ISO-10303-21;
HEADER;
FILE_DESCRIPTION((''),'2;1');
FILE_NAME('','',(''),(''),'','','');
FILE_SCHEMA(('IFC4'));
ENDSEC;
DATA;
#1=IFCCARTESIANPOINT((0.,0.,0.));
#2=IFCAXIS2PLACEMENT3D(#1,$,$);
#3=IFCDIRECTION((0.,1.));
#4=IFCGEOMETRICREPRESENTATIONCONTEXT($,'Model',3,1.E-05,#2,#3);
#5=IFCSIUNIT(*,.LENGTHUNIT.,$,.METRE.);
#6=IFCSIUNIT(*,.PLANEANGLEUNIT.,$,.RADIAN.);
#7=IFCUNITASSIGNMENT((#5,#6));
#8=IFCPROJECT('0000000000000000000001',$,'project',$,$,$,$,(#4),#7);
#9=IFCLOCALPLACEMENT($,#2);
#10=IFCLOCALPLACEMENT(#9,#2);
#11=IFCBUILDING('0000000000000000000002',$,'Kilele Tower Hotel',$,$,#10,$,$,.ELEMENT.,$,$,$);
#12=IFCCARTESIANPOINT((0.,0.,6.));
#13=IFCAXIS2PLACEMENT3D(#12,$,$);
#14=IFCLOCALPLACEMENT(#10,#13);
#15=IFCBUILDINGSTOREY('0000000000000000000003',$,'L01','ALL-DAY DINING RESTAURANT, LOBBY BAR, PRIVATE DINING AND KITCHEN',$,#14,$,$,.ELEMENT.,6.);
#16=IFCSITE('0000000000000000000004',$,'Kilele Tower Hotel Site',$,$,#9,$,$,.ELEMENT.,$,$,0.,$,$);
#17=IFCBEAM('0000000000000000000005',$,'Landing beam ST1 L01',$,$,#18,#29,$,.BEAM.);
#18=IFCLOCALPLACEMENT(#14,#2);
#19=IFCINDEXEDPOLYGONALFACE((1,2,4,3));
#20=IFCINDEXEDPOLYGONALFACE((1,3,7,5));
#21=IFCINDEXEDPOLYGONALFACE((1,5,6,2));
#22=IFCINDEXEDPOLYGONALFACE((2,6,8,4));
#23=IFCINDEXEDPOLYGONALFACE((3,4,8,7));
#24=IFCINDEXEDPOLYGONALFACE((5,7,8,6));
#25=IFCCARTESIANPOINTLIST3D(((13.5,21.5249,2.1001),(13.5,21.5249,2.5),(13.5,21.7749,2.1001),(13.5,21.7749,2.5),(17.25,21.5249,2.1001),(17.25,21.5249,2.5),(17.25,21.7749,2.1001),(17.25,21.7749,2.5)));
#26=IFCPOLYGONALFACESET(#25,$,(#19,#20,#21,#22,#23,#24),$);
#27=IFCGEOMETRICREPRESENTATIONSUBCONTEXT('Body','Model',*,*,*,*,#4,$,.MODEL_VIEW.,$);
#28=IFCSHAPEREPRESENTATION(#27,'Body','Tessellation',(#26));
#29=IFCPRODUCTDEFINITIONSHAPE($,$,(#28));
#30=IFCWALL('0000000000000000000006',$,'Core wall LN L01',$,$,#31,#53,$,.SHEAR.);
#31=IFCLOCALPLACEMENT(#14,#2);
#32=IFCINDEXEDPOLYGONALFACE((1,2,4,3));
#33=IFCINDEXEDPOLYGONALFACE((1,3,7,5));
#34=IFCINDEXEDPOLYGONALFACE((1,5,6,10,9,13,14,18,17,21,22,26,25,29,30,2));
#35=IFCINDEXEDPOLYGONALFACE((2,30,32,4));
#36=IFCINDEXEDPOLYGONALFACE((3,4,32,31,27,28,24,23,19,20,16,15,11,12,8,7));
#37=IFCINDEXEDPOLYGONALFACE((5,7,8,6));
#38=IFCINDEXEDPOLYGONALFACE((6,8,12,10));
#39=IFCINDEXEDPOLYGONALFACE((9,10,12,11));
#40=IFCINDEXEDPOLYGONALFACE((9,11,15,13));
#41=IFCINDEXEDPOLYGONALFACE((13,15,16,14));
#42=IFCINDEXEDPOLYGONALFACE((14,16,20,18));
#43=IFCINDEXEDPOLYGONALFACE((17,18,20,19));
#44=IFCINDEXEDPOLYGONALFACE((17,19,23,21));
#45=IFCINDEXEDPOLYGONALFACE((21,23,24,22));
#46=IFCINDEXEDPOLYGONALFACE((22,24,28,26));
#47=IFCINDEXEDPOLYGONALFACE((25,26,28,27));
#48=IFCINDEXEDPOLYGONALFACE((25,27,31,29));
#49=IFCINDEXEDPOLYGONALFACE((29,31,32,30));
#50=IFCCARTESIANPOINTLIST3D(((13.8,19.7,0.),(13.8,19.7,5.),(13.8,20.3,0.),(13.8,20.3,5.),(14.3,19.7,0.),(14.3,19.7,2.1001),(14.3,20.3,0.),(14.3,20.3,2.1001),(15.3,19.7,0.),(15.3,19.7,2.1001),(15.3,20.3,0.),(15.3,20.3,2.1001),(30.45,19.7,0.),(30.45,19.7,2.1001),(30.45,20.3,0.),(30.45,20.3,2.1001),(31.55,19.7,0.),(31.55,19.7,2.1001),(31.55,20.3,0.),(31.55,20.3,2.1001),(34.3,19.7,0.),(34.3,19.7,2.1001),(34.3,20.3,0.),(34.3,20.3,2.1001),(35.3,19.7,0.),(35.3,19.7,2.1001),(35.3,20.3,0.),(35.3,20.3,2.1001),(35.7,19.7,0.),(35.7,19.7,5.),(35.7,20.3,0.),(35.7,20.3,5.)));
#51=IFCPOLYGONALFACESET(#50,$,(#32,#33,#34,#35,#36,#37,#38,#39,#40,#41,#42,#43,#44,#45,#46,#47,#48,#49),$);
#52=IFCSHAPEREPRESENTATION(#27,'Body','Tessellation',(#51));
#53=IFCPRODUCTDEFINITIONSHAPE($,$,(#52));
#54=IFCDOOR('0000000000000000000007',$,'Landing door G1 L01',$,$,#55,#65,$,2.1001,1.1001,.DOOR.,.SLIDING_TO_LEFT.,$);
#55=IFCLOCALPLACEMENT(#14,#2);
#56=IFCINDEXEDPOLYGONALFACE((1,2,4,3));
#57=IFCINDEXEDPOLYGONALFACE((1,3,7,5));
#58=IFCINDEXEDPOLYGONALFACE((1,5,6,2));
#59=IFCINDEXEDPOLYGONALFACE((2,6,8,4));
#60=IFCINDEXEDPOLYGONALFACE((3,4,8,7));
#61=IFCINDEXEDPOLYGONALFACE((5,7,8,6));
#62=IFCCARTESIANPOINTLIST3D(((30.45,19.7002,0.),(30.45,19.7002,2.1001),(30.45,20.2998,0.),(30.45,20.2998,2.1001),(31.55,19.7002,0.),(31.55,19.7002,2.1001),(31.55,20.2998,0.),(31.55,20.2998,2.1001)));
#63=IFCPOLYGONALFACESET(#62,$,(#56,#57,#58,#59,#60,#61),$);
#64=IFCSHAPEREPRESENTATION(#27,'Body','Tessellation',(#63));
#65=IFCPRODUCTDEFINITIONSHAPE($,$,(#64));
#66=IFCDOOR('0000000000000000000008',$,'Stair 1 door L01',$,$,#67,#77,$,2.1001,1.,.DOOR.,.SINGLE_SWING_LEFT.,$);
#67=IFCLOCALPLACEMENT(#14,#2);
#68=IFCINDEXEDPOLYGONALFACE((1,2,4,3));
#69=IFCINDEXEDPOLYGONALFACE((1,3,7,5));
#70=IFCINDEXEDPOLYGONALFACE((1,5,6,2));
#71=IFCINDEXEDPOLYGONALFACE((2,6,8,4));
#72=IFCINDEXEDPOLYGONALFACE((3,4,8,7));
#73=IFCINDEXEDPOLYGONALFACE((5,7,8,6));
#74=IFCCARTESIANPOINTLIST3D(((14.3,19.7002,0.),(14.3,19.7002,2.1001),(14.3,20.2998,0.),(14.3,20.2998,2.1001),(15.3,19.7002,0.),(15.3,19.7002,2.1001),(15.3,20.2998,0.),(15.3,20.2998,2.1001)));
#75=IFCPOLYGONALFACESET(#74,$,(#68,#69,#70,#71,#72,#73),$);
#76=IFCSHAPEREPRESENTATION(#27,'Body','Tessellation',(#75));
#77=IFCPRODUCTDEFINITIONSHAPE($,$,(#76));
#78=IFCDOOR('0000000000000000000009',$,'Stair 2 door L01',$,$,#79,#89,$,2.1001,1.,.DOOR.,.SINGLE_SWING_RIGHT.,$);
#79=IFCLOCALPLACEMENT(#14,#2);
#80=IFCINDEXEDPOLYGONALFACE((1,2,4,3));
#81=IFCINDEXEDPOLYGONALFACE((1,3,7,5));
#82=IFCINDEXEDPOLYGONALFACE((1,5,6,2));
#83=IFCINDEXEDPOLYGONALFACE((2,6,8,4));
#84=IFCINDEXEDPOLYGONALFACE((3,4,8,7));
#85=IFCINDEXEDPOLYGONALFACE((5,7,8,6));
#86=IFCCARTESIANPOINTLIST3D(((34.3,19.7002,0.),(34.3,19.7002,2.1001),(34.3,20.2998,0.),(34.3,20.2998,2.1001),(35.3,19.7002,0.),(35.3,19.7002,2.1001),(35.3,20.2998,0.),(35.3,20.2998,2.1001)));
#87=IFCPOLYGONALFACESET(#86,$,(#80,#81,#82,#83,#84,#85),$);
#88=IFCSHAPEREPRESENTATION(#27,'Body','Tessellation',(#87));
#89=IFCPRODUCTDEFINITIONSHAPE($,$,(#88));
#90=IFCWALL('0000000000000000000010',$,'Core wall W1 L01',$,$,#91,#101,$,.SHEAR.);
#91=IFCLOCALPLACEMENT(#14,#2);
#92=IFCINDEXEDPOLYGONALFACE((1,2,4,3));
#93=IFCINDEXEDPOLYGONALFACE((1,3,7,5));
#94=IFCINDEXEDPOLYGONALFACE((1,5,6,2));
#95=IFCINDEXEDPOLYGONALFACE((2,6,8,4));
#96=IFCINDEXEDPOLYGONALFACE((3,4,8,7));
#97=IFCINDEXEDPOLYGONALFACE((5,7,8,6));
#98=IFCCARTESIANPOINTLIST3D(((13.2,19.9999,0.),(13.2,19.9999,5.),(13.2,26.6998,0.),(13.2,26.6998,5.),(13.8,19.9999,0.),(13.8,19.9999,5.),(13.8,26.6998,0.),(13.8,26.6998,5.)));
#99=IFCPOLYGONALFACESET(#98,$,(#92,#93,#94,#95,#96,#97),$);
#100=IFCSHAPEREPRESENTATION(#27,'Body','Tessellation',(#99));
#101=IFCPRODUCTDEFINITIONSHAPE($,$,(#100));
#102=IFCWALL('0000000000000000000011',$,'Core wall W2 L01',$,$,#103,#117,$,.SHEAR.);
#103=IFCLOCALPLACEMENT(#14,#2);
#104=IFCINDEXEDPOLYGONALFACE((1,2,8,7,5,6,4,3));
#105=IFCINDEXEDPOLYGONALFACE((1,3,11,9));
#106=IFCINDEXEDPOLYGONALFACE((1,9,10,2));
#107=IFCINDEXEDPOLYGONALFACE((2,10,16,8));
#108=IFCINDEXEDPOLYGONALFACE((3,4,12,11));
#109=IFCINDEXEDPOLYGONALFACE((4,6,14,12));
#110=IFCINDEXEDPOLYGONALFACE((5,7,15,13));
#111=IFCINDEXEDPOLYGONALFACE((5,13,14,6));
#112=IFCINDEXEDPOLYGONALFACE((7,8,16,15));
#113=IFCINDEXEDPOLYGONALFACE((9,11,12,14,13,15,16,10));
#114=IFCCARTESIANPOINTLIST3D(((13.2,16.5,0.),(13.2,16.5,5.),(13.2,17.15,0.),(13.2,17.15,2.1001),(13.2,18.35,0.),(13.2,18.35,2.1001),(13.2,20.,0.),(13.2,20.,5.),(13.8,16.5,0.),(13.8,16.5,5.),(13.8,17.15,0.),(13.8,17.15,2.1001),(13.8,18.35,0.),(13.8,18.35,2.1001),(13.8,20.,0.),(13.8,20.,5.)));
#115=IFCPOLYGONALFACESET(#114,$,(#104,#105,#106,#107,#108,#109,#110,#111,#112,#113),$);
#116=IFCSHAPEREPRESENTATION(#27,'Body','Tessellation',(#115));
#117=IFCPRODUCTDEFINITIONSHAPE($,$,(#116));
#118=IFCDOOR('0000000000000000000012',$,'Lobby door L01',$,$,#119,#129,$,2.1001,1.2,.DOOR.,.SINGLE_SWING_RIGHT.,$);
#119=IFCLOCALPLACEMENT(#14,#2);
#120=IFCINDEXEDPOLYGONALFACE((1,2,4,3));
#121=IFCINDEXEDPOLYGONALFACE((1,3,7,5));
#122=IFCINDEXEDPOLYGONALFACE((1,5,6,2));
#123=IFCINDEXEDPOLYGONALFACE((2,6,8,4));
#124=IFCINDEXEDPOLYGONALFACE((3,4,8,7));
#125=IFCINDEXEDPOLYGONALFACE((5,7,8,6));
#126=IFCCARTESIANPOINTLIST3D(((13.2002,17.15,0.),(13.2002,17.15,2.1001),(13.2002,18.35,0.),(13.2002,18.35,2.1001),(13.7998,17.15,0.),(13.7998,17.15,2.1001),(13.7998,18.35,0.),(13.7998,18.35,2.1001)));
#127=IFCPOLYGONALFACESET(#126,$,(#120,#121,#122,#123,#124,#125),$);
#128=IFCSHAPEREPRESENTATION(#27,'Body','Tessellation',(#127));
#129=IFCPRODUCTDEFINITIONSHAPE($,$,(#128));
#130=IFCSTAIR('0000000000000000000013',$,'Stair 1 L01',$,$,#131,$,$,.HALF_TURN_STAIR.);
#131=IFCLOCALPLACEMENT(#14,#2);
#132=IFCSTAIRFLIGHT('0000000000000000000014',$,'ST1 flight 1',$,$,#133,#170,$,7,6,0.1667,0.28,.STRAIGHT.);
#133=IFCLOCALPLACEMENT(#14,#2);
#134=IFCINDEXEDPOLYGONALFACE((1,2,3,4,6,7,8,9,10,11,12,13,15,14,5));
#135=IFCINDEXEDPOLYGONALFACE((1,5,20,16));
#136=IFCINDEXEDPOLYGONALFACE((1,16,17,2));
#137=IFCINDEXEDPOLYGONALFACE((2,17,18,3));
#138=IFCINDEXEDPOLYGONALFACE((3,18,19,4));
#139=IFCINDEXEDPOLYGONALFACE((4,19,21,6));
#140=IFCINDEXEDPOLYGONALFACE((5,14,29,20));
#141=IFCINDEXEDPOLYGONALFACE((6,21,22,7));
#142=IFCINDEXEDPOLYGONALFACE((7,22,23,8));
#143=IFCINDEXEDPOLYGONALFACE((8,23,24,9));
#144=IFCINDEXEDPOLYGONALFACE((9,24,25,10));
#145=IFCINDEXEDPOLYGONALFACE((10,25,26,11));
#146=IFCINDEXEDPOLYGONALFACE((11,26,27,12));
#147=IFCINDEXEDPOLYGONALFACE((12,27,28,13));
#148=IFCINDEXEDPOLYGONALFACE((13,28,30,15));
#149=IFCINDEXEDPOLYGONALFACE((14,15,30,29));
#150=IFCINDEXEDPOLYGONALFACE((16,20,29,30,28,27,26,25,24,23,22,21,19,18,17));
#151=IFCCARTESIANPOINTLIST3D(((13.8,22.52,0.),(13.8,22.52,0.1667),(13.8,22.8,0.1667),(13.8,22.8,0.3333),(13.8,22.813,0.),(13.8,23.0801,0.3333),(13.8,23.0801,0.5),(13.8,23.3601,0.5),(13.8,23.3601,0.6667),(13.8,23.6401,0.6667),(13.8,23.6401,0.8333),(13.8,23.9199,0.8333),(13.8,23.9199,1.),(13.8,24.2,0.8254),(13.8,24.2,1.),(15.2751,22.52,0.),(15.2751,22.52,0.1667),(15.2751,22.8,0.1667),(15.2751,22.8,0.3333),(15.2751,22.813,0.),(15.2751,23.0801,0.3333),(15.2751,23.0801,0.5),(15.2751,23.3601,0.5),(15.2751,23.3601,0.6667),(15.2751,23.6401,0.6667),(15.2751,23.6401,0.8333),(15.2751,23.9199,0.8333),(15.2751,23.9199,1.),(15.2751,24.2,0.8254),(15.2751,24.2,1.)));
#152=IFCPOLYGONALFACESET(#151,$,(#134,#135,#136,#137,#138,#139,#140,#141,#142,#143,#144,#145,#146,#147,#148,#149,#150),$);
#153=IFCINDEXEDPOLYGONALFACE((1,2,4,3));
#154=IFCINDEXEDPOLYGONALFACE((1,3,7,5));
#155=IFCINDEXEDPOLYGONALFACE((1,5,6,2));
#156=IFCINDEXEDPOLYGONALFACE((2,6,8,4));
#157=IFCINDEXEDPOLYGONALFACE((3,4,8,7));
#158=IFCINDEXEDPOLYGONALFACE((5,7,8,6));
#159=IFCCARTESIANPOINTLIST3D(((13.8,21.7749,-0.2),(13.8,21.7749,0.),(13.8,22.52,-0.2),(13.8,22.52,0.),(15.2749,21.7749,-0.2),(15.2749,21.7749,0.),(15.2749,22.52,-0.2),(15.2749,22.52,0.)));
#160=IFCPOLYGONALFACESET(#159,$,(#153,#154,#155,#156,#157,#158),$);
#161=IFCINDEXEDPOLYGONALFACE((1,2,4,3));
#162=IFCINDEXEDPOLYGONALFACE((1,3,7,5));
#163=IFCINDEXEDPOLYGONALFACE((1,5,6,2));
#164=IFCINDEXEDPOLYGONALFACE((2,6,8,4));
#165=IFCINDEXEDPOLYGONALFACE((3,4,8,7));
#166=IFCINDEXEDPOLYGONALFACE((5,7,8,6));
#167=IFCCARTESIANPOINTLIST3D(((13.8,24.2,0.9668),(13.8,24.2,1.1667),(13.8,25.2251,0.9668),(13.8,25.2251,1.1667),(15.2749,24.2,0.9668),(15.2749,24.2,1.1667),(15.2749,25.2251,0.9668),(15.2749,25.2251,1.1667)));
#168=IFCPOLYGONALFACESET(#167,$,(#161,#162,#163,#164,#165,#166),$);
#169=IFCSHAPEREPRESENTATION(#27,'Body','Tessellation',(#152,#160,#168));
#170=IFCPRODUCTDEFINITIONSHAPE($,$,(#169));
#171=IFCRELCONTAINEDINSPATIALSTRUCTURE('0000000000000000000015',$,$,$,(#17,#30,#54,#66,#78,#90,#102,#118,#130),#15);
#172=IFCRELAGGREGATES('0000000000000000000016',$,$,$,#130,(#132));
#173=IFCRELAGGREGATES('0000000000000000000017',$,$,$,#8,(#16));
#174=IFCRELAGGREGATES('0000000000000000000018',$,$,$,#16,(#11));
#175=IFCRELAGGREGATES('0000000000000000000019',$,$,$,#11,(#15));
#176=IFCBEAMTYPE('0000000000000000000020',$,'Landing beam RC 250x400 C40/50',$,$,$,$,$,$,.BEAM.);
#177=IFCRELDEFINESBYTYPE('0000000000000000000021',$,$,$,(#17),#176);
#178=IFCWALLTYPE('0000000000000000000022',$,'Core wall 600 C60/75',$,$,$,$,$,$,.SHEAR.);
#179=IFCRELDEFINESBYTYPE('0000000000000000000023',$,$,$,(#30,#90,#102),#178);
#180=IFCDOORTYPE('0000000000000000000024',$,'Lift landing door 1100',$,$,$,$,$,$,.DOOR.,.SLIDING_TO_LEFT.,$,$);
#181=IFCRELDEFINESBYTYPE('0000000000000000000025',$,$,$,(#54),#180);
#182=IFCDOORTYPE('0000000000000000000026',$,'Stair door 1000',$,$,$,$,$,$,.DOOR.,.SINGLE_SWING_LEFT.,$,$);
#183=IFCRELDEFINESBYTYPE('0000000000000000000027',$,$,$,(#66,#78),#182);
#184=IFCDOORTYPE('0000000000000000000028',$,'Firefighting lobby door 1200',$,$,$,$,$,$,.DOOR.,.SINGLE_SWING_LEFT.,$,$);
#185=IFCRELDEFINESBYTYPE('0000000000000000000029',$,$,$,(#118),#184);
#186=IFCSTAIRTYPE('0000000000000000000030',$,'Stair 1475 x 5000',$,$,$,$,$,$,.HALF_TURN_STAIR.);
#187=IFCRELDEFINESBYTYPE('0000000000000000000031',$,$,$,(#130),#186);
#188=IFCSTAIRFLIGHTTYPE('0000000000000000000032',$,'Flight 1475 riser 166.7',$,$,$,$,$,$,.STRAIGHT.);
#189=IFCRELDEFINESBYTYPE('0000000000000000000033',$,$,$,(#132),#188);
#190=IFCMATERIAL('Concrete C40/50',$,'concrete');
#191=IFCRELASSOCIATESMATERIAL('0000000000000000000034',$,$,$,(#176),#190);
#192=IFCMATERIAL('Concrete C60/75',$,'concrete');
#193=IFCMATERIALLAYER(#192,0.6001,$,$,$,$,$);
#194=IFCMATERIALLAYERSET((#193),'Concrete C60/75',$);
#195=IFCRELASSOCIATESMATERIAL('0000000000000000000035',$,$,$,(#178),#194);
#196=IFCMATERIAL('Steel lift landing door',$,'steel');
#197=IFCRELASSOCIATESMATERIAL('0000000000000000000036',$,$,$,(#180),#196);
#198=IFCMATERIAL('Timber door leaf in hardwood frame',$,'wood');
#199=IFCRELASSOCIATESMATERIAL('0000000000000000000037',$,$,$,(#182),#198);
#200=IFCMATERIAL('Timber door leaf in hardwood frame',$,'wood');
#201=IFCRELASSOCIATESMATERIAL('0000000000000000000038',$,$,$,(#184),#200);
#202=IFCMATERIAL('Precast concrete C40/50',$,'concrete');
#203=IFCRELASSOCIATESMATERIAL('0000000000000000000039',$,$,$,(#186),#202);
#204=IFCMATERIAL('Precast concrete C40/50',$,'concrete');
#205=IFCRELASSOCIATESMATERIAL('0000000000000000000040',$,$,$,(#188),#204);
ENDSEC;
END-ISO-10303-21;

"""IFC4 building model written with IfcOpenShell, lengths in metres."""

from ifc_helpers import new_model, si_unit, direction, frame, frame_2d, origin, origin_2d, place, context, subcontext, project, spatial, polyline, rectangle, outline, extrude, material, layer, layer_set, material_profile, profile_set, type_object, element, fill, aggregate, save


model = new_model("IFC4")

# Units and contexts
model_context = context("Model", 3, precision=1e-05, world=origin(), true_north=direction((0.0, 1.0)))
body_context = subcontext(model_context, "Body", "Model", "MODEL_VIEW")
ifc_project = project(units=[si_unit("LENGTHUNIT", "METRE"), si_unit("PLANEANGLEUNIT", "RADIAN")], contexts=[model_context])

# Site, building, storey
site_placement = place(None, origin())
site = spatial("IfcSite", under=ifc_project, at=site_placement, Name="Kilele Tower Hotel Site", CompositionType="ELEMENT", RefElevation=0.0)
building_placement = place(site_placement, origin())
building = spatial("IfcBuilding", under=site, at=building_placement, Name="Kilele Tower Hotel", CompositionType="ELEMENT")
storey_placement = place(building_placement, frame((0.0, 0.0, 6.0)))
storey = spatial("IfcBuildingStorey", under=building, at=storey_placement, Name="L01", Description="ALL-DAY DINING RESTAURANT, LOBBY BAR, PRIVATE DINING AND KITCHEN", CompositionType="ELEMENT", Elevation=6.0)

# Beam
ifc_material_1 = material(Name="Concrete C40/50", Category="concrete")
ifc_material_profile = material_profile(ifc_material_1, rectangle(XDim=0.25, YDim=0.3999, at=origin_2d()))
ifc_profile_set = profile_set([ifc_material_profile], Name="Concrete C40/50")
beam_type = type_object("IfcBeamType", Name="Landing beam RC 250x400 C40/50", PredefinedType="BEAM", material=ifc_profile_set)
beam_placement = place(storey_placement, frame((13.5, 21.6499, 2.3), z_axis=(1.0, 0.0, 0.0), x_axis=(0.0, 1.0, 0.0)))
element("IfcBeam", 1, at=beam_placement, inside=storey, type_object=beam_type, Name="Landing beam ST1 L01", PredefinedType="BEAM", context=body_context, shape_type="SweptSolid", body=[
    extrude(rectangle(XDim=0.25, YDim=0.3999, at=origin_2d()), origin(), (0.0, 0.0, 1.0), 3.75),
])

# Wall, openings, doors
ifc_material_2 = material(Name="Concrete C60/75", Category="concrete")
ifc_layer = layer(ifc_material_2, 0.6001)
ifc_layer_set = layer_set([ifc_layer], Name="Concrete C60/75")
wall_type = type_object("IfcWallType", Name="Core wall 600 C60/75", PredefinedType="SHEAR", material=ifc_layer_set)
wall_1_placement = place(storey_placement, frame((13.8, 20.0, 0.0), z_axis=(0.0, 0.0, 1.0), x_axis=(1.0, 0.0, 0.0)))
wall_1 = element("IfcWall", 2, at=wall_1_placement, inside=storey, type_object=wall_type, Name="Core wall LN L01", PredefinedType="SHEAR", context=body_context, shape_type="SweptSolid", body=[
    extrude(rectangle(XDim=21.8999, YDim=0.6001, at=frame_2d((10.95, 0.0))), origin(), (0.0, 0.0, 1.0), 5.0),
])
opening_1_placement = place(wall_1_placement, frame((0.5, 0.0, 0.0)))
opening_1 = element("IfcOpeningElement", 3, at=opening_1_placement, cuts=wall_1, PredefinedType="OPENING", context=body_context, shape_type="SweptSolid", body=[
    extrude(rectangle(XDim=1.0, YDim=2.1001, at=frame_2d((0.5, 1.05))), frame((0.0, 0.3101, 0.0), z_axis=(0.0, -1.0, 0.0), x_axis=(1.0, 0.0, 0.0)), (0.0, 0.0, 1.0), 0.6201),
])
opening_2_placement = place(wall_1_placement, frame((20.5, 0.0, 0.0)))
opening_2 = element("IfcOpeningElement", 4, at=opening_2_placement, cuts=wall_1, PredefinedType="OPENING", context=body_context, shape_type="SweptSolid", body=[
    extrude(rectangle(XDim=1.0, YDim=2.1001, at=frame_2d((0.5, 1.05))), frame((0.0, 0.3101, 0.0), z_axis=(0.0, -1.0, 0.0), x_axis=(1.0, 0.0, 0.0)), (0.0, 0.0, 1.0), 0.6201),
])
opening_3_placement = place(wall_1_placement, frame((16.6499, 0.0, 0.0)))
opening_3 = element("IfcOpeningElement", 5, at=opening_3_placement, cuts=wall_1, PredefinedType="OPENING", context=body_context, shape_type="SweptSolid", body=[
    extrude(rectangle(XDim=1.1001, YDim=2.1001, at=frame_2d((0.55, 1.05))), frame((0.0, 0.3101, 0.0), z_axis=(0.0, -1.0, 0.0), x_axis=(1.0, 0.0, 0.0)), (0.0, 0.0, 1.0), 0.6201),
])
ifc_material_3 = material(Name="Steel lift landing door", Category="steel")
door_type_1 = type_object("IfcDoorType", Name="Lift landing door 1100", OperationType="SLIDING_TO_LEFT", PredefinedType="DOOR", material=ifc_material_3)
door_1_placement = place(opening_3_placement, origin())
door_1 = element("IfcDoor", 6, at=door_1_placement, inside=storey, type_object=door_type_1, Name="Landing door G1 L01", OperationType="SLIDING_TO_LEFT", OverallHeight=2.1001, OverallWidth=1.1001, PredefinedType="DOOR", context=body_context, shape_type="SweptSolid", body=[
    extrude(rectangle(XDim=1.1001, YDim=2.1001, at=frame_2d((0.55, 1.05))), frame((0.0, 0.2998, 0.0), z_axis=(0.0, -1.0, 0.0), x_axis=(1.0, 0.0, 0.0)), (0.0, 0.0, 1.0), 0.5996),
])
fill(opening_3, door_1)
ifc_material_4 = material(Name="Timber door leaf in hardwood frame", Category="wood")
door_type_2 = type_object("IfcDoorType", Name="Stair door 1000", OperationType="SINGLE_SWING_LEFT", PredefinedType="DOOR", material=ifc_material_4)
door_2_placement = place(opening_1_placement, origin())
door_2 = element("IfcDoor", 7, at=door_2_placement, inside=storey, type_object=door_type_2, Name="Stair 1 door L01", OperationType="SINGLE_SWING_LEFT", OverallHeight=2.1001, OverallWidth=1.0, PredefinedType="DOOR", context=body_context, shape_type="SweptSolid", body=[
    extrude(rectangle(XDim=1.0, YDim=2.1001, at=frame_2d((0.5, 1.05))), frame((0.0, 0.2998, 0.0), z_axis=(0.0, -1.0, 0.0), x_axis=(1.0, 0.0, 0.0)), (0.0, 0.0, 1.0), 0.5996),
])
fill(opening_1, door_2)
door_3_placement = place(opening_2_placement, origin())
door_3 = element("IfcDoor", 8, at=door_3_placement, inside=storey, type_object=door_type_2, Name="Stair 2 door L01", OperationType="SINGLE_SWING_RIGHT", OverallHeight=2.1001, OverallWidth=1.0, PredefinedType="DOOR", context=body_context, shape_type="SweptSolid", body=[
    extrude(rectangle(XDim=1.0, YDim=2.1001, at=frame_2d((0.5, 1.05))), frame((0.0, 0.2998, 0.0), z_axis=(0.0, -1.0, 0.0), x_axis=(1.0, 0.0, 0.0)), (0.0, 0.0, 1.0), 0.5996),
])
fill(opening_2, door_3)

# Wall
wall_2_placement = place(storey_placement, frame((13.5, 26.7, 0.0), z_axis=(0.0, 0.0, 1.0), x_axis=(0.0, -1.0, 0.0)))
element("IfcWall", 9, at=wall_2_placement, inside=storey, type_object=wall_type, Name="Core wall W1 L01", PredefinedType="SHEAR", context=body_context, shape_type="SweptSolid", body=[
    extrude(rectangle(XDim=6.7, YDim=0.6001, at=frame_2d((3.3501, 0.0))), origin(), (0.0, 0.0, 1.0), 5.0),
])

# Wall, opening, door
wall_3_placement = place(storey_placement, frame((13.5, 20.0, 0.0), z_axis=(0.0, 0.0, 1.0), x_axis=(0.0, -1.0, 0.0)))
wall_3 = element("IfcWall", 10, at=wall_3_placement, inside=storey, type_object=wall_type, Name="Core wall W2 L01", PredefinedType="SHEAR", context=body_context, shape_type="SweptSolid", body=[
    extrude(rectangle(XDim=3.5, YDim=0.6001, at=frame_2d((1.75, 0.0))), origin(), (0.0, 0.0, 1.0), 5.0),
])
opening_4_placement = place(wall_3_placement, frame((1.6499, 0.0, 0.0)))
opening_4 = element("IfcOpeningElement", 11, at=opening_4_placement, cuts=wall_3, PredefinedType="OPENING", context=body_context, shape_type="SweptSolid", body=[
    extrude(rectangle(XDim=1.2, YDim=2.1001, at=frame_2d((0.6001, 1.05))), frame((0.0, 0.3101, 0.0), z_axis=(0.0, -1.0, 0.0), x_axis=(1.0, 0.0, 0.0)), (0.0, 0.0, 1.0), 0.6201),
])
ifc_material_5 = material(Name="Timber door leaf in hardwood frame", Category="wood")
door_type_3 = type_object("IfcDoorType", Name="Firefighting lobby door 1200", OperationType="SINGLE_SWING_LEFT", PredefinedType="DOOR", material=ifc_material_5)
door_4_placement = place(opening_4_placement, origin())
door_4 = element("IfcDoor", 12, at=door_4_placement, inside=storey, type_object=door_type_3, Name="Lobby door L01", OperationType="SINGLE_SWING_RIGHT", OverallHeight=2.1001, OverallWidth=1.2, PredefinedType="DOOR", context=body_context, shape_type="SweptSolid", body=[
    extrude(rectangle(XDim=1.2, YDim=2.1001, at=frame_2d((0.6001, 1.05))), frame((0.0, 0.2998, 0.0), z_axis=(0.0, -1.0, 0.0), x_axis=(1.0, 0.0, 0.0)), (0.0, 0.0, 1.0), 0.5996),
])
fill(opening_4, door_4)

# Stair, stair flight
ifc_material_6 = material(Name="Precast concrete C40/50", Category="concrete")
stair_type = type_object("IfcStairType", Name="Stair 1475 x 5000", PredefinedType="HALF_TURN_STAIR", material=ifc_material_6)
stair_placement = place(storey_placement, origin())
stair = element("IfcStair", 13, at=stair_placement, inside=storey, type_object=stair_type, Name="Stair 1 L01", PredefinedType="HALF_TURN_STAIR")
ifc_material_7 = material(Name="Precast concrete C40/50", Category="concrete")
stair_flight_type = type_object("IfcStairFlightType", Name="Flight 1475 riser 166.7", PredefinedType="STRAIGHT", material=ifc_material_7)
stair_flight_1_placement = place(storey_placement, frame((14.5376, 22.52, 0.0), z_axis=(0.0, 0.0, 1.0), x_axis=(0.0, 1.0, 0.0)))
stair_flight_1 = element("IfcStairFlight", 14, at=stair_flight_1_placement, type_object=stair_flight_type, Name="ST1 flight 1", NumberOfRisers=7, NumberOfTreads=6, PredefinedType="STRAIGHT", RiserHeight=0.1667, TreadLength=0.28, context=body_context, shape_type="SweptSolid", body=[
    extrude(outline(polyline([(0.0, 0.0), (0.0, 0.1667), (0.28, 0.1667), (0.28, 0.3333), (0.5601, 0.3333), (0.5601, 0.5), (0.8401, 0.5), (0.8401, 0.6667), (1.1201, 0.6667), (1.1201, 0.8333), (1.3999, 0.8333), (1.3999, 1.0), (1.6799, 1.0), (1.6799, 1.1667), (1.6799, 0.8254), (0.293, 0.0), (0.0, 0.0)])), frame((0.0, 0.7375, 0.0), z_axis=(0.0, -1.0, 0.0), x_axis=(1.0, 0.0, 0.0)), (0.0, 0.0, 1.0), 1.4751),
    extrude(outline(polyline([(-0.7451, 0.7375), (-0.7451, -0.7373), (0.0, -0.7373), (0.0, 0.7375), (-0.7451, 0.7375)])), frame((0.0, 0.0, -0.2)), (0.0, 0.0, 1.0), 0.2),
    extrude(outline(polyline([(1.6799, 0.7375), (1.6799, -0.7373), (2.7051, -0.7373), (2.7051, 0.7375), (1.6799, 0.7375)])), frame((0.0, 0.0, 0.9668)), (0.0, 0.0, 1.0), 0.2),
])
aggregate(stair, [stair_flight_1])

save(model, "model.ifc")
